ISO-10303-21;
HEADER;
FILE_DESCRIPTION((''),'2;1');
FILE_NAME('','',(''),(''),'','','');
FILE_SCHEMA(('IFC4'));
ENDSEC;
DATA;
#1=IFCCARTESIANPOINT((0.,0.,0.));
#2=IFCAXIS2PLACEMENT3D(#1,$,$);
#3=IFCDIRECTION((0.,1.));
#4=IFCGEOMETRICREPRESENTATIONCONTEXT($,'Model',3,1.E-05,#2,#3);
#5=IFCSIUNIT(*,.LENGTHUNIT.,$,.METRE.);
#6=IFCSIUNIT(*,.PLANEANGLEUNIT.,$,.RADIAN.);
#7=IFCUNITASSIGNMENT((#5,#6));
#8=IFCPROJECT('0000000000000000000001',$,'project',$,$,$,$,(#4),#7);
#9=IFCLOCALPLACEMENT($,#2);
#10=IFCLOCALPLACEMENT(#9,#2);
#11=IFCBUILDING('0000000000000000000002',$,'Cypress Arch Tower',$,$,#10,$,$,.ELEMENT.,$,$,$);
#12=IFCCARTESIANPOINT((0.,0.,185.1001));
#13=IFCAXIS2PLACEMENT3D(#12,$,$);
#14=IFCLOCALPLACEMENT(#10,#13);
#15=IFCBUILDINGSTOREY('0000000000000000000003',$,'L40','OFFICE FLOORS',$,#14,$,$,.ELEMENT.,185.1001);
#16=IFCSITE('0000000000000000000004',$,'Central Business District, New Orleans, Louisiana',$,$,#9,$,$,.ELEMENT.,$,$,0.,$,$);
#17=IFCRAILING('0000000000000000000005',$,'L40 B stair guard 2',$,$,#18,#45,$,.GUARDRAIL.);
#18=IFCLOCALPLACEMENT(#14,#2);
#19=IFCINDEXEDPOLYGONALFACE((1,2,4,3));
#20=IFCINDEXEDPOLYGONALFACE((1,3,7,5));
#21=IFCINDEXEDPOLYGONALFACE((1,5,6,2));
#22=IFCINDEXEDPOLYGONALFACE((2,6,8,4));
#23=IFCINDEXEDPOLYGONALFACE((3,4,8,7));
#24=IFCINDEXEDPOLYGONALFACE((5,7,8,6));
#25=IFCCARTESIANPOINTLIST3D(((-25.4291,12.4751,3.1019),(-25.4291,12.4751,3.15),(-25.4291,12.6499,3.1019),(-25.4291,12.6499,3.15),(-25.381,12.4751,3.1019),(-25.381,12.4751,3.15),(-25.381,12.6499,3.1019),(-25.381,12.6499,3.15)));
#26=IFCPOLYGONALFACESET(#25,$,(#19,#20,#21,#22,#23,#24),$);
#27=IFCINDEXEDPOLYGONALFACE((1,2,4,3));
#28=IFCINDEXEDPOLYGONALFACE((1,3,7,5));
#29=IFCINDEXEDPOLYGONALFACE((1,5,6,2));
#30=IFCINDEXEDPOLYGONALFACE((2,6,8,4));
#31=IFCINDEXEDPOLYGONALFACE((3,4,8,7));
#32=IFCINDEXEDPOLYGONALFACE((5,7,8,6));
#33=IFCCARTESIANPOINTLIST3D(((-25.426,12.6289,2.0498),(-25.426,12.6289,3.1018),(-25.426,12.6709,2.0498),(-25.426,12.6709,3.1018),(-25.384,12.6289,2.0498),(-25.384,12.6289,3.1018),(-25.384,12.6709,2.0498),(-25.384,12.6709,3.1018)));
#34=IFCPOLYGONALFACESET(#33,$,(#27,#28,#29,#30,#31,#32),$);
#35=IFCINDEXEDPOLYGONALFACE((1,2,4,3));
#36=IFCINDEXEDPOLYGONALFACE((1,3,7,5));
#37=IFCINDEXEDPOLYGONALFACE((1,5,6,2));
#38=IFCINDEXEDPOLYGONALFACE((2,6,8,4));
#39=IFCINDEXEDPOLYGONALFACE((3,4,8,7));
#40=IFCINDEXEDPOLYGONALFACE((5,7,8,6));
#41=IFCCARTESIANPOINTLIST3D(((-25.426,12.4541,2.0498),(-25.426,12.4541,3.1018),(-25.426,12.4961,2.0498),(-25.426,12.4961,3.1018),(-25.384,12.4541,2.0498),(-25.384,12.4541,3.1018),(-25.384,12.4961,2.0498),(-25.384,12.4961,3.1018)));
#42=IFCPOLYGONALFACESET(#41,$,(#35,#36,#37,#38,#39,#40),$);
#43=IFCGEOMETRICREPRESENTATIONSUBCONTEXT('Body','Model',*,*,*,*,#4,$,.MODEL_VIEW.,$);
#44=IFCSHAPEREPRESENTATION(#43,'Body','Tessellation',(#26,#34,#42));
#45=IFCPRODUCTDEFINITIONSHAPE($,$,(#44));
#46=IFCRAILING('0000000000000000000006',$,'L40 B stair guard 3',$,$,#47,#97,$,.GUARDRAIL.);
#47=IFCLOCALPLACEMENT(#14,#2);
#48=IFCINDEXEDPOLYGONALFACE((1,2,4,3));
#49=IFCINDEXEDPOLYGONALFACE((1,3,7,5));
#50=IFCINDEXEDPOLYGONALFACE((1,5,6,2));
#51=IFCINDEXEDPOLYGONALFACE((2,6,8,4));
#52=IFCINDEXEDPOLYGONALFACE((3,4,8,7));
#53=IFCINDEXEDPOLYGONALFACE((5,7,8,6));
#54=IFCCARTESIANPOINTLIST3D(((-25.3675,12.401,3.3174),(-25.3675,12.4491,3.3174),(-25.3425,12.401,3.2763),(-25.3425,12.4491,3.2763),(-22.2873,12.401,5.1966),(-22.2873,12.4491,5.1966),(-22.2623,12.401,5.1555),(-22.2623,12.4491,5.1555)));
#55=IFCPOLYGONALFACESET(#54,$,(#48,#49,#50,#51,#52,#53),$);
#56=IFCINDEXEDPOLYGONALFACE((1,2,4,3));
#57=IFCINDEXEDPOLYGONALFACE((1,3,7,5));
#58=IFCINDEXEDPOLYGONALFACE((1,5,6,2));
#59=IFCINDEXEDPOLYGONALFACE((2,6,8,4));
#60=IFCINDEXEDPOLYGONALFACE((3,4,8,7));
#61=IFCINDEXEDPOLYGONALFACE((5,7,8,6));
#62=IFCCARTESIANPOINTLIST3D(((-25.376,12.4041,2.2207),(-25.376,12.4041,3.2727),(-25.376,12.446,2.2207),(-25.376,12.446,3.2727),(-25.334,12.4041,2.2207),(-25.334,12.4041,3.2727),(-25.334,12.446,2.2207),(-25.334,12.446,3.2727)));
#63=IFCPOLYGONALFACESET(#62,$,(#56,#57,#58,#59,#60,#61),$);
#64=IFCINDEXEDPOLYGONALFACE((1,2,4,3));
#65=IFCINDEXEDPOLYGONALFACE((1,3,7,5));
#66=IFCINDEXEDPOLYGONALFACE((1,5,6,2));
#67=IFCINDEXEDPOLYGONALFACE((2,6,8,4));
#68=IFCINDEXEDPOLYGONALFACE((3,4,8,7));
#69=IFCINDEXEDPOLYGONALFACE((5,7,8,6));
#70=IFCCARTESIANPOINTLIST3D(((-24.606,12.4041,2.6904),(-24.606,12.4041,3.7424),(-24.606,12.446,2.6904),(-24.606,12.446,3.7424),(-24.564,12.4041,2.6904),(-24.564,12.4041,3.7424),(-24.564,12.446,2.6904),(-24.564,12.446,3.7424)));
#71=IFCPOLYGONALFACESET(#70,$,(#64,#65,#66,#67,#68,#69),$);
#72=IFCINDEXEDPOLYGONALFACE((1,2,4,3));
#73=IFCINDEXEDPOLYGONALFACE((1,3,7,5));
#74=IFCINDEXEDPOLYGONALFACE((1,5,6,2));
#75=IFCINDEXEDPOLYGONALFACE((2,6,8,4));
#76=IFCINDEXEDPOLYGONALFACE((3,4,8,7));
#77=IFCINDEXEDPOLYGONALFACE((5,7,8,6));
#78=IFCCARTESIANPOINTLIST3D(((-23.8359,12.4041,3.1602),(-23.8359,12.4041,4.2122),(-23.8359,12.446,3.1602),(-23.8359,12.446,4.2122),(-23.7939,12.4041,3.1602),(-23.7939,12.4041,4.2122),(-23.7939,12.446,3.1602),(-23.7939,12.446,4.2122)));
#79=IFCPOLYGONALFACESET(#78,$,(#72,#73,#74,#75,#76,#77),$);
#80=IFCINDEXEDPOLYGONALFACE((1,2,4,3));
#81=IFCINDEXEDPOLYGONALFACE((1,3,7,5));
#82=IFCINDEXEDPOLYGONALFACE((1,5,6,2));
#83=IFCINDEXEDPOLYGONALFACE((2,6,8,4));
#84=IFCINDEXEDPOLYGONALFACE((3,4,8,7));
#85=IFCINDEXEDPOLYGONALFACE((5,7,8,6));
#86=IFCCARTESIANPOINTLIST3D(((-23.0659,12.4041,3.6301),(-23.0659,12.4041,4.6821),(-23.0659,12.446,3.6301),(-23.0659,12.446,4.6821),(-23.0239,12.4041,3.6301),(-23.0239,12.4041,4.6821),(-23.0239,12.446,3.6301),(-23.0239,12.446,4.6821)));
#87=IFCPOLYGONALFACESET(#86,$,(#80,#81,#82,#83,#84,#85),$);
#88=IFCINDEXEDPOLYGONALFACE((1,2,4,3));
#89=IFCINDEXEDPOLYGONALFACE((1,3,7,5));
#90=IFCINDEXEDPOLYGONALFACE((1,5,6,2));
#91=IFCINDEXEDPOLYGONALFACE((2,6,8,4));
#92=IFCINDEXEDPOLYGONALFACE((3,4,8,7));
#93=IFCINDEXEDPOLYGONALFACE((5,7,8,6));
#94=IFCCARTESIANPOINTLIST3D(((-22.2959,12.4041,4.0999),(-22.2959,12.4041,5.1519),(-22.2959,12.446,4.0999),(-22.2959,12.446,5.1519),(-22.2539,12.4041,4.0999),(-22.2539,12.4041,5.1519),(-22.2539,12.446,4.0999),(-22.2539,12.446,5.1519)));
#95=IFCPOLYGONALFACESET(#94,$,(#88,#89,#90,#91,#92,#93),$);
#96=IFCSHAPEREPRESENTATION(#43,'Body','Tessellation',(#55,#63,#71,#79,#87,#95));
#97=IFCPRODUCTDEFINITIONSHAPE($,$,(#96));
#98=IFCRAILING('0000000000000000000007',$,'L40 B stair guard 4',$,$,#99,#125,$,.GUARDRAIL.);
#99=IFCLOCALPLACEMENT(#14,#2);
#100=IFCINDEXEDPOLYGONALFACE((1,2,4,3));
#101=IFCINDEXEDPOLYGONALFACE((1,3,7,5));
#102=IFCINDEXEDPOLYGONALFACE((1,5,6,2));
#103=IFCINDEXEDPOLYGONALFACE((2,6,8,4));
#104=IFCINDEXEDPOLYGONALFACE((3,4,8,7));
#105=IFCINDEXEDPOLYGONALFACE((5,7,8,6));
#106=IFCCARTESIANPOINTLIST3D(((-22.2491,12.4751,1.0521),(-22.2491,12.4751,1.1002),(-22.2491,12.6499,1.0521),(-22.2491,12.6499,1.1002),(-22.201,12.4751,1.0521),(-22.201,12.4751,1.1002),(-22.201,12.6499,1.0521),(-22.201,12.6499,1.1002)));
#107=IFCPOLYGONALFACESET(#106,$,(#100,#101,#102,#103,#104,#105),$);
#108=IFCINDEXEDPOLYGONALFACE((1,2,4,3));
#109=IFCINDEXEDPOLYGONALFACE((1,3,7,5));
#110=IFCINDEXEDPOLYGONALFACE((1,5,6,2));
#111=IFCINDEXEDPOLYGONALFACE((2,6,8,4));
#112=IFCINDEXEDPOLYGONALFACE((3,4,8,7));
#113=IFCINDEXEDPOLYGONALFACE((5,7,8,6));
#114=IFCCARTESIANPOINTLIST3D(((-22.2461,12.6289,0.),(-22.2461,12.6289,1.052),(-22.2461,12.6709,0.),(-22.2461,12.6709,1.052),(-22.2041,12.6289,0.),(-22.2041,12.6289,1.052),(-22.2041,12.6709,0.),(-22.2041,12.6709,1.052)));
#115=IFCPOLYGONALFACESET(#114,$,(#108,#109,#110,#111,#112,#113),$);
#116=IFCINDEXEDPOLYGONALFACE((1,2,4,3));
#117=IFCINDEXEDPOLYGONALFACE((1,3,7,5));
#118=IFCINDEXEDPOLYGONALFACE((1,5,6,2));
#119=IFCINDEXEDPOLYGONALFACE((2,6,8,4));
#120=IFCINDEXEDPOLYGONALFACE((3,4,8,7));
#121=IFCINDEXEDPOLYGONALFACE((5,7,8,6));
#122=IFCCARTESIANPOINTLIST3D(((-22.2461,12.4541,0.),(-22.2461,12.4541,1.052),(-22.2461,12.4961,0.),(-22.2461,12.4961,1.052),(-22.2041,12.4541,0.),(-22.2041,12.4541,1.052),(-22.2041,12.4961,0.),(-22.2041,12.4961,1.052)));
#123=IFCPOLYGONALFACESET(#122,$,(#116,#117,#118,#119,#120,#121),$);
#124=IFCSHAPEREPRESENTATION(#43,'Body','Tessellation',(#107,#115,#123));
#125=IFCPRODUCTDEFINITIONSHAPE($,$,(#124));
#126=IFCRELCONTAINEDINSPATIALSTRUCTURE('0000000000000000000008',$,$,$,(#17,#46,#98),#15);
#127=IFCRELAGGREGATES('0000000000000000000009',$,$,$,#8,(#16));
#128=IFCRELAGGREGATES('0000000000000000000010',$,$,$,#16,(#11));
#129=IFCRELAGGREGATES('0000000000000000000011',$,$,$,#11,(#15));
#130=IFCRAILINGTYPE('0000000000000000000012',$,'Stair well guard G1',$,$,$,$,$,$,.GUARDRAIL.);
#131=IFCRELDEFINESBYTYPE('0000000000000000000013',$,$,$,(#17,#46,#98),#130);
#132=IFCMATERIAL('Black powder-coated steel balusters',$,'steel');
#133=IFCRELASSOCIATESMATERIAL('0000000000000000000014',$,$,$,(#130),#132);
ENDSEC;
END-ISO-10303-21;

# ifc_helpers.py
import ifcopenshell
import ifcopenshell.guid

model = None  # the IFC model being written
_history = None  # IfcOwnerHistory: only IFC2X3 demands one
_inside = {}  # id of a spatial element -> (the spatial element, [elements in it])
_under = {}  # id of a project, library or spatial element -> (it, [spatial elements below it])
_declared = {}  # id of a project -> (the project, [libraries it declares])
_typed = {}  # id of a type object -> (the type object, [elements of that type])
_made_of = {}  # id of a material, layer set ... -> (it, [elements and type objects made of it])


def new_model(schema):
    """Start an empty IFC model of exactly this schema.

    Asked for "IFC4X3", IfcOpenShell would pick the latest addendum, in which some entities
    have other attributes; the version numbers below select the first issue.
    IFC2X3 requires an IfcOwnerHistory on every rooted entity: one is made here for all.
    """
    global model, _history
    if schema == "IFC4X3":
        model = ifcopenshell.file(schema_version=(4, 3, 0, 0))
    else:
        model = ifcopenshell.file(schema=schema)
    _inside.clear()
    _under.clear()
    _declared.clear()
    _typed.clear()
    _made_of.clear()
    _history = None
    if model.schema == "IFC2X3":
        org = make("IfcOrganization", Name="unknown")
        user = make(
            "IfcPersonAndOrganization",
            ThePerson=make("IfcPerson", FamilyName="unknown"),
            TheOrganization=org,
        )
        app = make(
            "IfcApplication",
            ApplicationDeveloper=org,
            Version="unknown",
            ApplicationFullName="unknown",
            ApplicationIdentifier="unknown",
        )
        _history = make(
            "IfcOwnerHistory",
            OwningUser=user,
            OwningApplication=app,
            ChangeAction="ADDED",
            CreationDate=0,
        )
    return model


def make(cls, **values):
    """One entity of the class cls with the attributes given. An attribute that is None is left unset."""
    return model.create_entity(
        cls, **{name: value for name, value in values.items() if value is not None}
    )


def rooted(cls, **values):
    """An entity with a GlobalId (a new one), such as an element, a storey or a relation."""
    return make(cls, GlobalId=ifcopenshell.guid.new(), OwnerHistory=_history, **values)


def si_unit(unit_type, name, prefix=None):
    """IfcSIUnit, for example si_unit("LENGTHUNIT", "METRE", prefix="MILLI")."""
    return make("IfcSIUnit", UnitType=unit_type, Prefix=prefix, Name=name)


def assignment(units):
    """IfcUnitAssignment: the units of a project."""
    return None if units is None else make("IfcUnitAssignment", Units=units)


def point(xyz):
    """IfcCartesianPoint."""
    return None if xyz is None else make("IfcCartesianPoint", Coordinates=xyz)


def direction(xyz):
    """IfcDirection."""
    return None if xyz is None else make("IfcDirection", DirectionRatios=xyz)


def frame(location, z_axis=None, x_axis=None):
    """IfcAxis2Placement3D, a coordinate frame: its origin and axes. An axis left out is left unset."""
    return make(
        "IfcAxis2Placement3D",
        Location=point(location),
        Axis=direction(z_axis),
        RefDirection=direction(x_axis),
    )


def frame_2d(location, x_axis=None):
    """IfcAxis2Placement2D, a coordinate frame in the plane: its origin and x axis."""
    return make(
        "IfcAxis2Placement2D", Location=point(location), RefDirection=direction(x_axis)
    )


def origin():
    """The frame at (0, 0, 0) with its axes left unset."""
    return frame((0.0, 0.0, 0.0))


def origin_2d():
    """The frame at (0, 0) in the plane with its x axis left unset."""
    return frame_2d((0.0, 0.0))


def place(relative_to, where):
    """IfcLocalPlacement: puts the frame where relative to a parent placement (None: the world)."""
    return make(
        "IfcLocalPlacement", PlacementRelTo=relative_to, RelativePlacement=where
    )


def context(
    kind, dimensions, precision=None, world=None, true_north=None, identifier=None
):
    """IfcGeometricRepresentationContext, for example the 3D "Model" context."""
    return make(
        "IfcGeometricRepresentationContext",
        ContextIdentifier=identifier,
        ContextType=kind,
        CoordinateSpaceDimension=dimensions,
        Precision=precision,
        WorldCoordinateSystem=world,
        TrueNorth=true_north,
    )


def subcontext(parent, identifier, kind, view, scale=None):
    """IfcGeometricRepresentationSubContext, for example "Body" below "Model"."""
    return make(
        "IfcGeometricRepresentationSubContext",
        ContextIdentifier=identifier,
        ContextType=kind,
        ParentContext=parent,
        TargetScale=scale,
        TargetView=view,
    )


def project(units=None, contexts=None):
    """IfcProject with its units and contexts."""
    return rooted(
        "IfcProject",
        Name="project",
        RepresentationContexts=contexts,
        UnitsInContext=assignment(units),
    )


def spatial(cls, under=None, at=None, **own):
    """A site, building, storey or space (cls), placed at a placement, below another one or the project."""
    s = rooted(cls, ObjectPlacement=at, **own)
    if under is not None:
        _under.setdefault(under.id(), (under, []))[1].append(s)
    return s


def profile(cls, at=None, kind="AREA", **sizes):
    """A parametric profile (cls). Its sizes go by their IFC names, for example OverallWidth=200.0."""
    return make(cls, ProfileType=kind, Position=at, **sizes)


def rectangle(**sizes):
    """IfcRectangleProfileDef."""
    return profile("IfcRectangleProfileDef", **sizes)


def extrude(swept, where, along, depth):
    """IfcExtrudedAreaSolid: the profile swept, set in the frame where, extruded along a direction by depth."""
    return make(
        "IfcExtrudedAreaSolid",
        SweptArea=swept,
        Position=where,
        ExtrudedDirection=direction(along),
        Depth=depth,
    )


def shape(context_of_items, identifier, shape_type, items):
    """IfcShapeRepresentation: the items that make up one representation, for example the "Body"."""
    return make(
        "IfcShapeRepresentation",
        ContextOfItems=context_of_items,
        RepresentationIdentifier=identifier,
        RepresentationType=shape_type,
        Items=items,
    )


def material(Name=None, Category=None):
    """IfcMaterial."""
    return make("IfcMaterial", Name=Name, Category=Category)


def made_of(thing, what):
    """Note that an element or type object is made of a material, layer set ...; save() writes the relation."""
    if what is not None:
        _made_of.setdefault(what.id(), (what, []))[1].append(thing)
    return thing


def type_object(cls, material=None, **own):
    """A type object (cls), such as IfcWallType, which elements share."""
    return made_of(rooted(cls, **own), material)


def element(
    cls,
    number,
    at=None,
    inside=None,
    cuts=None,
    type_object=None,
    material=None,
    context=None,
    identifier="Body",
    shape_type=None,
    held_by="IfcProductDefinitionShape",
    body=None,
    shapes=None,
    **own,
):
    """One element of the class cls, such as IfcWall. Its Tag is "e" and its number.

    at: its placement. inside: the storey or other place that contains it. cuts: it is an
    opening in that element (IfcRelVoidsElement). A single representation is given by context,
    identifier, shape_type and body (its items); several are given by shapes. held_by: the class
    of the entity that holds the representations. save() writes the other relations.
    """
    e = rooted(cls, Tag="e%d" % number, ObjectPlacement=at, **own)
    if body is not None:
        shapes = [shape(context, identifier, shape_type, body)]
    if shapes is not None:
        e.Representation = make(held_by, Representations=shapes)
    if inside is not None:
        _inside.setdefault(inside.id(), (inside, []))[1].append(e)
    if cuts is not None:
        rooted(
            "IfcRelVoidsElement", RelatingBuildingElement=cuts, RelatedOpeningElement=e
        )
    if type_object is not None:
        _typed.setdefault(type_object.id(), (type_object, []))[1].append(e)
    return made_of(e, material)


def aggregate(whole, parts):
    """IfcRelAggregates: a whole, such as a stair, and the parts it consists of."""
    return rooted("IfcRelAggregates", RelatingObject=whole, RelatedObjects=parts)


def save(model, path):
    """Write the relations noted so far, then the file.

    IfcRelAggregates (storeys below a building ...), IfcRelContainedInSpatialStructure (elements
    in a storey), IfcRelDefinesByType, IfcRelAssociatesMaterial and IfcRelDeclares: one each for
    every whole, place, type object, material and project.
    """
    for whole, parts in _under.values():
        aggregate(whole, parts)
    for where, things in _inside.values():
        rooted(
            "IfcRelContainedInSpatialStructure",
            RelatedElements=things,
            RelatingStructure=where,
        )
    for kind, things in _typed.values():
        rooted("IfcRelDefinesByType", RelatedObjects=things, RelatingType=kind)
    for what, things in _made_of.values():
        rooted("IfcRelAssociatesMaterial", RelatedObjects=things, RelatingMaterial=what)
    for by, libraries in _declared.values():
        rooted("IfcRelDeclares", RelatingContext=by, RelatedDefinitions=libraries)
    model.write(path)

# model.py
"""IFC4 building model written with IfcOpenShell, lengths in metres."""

from ifc_helpers import new_model, si_unit, direction, frame, origin, origin_2d, place, context, subcontext, project, spatial, rectangle, extrude, material, type_object, element, save


model = new_model("IFC4")

# Units and contexts
model_context = context("Model", 3, precision=1e-05, world=origin(), true_north=direction((0.0, 1.0)))
body_context = subcontext(model_context, "Body", "Model", "MODEL_VIEW")
ifc_project = project(units=[si_unit("LENGTHUNIT", "METRE"), si_unit("PLANEANGLEUNIT", "RADIAN")], contexts=[model_context])

# Site, building, storey
site_placement = place(None, origin())
site = spatial("IfcSite", under=ifc_project, at=site_placement, Name="Central Business District, New Orleans, Louisiana", CompositionType="ELEMENT", RefElevation=0.0)
building_placement = place(site_placement, origin())
building = spatial("IfcBuilding", under=site, at=building_placement, Name="Cypress Arch Tower", CompositionType="ELEMENT")
storey_placement = place(building_placement, frame((0.0, 0.0, 185.1001)))
storey = spatial("IfcBuildingStorey", under=building, at=storey_placement, Name="L40", Description="OFFICE FLOORS", CompositionType="ELEMENT", Elevation=185.1001)

# Railings
ifc_material_1 = material(Name="Black powder-coated steel balusters", Category="steel")
railing_type_1 = type_object("IfcRailingType", Name="Stair well guard G1", PredefinedType="GUARDRAIL", material=ifc_material_1)
railing_1_placement = place(storey_placement, frame((-25.405, 12.6499, 2.0498)))
element("IfcRailing", 1, at=railing_1_placement, inside=storey, type_object=railing_type_1, Name="L40 B stair guard 2", PredefinedType="GUARDRAIL", context=body_context, shape_type="SweptSolid", body=[
    extrude(rectangle(XDim=0.0481, YDim=0.0481, at=origin_2d()), frame((0.0, 0.0, 1.0762), z_axis=(0.0, -1.0, 0.0), x_axis=(1.0, 0.0, 0.0)), (0.0, 0.0, 1.0), 0.1748),
    extrude(rectangle(XDim=0.042, YDim=0.042, at=origin_2d()), origin(), (0.0, 0.0, 1.0), 1.052),
    extrude(rectangle(XDim=0.042, YDim=0.042, at=origin_2d()), frame((0.0, -0.1748, 0.0)), (0.0, 0.0, 1.0), 1.052),
])
railing_2_placement = place(storey_placement, frame((-25.355, 12.425, 2.2207)))
element("IfcRailing", 2, at=railing_2_placement, inside=storey, type_object=railing_type_1, Name="L40 B stair guard 3", PredefinedType="GUARDRAIL", context=body_context, shape_type="SweptSolid", body=[
    extrude(rectangle(XDim=0.0481, YDim=0.0481, at=origin_2d()), frame((0.0, 0.0, 1.0762), z_axis=(0.853666, 0.0, 0.52082), x_axis=(0.0, 1.0, 0.0)), (0.0, 0.0, 1.0), 3.6082),
    extrude(rectangle(XDim=0.042, YDim=0.042, at=origin_2d()), origin(), (0.0, 0.0, 1.0), 1.052),
    extrude(rectangle(XDim=0.042, YDim=0.042, at=origin_2d()), frame((0.77, 0.0, 0.4697)), (0.0, 0.0, 1.0), 1.052),
    extrude(rectangle(XDim=0.042, YDim=0.042, at=origin_2d()), frame((1.54, 0.0, 0.9395)), (0.0, 0.0, 1.0), 1.052),
    extrude(rectangle(XDim=0.042, YDim=0.042, at=origin_2d()), frame((2.3101, 0.0, 1.4094)), (0.0, 0.0, 1.0), 1.052),
    extrude(rectangle(XDim=0.042, YDim=0.042, at=origin_2d()), frame((3.0801, 0.0, 1.8792)), (0.0, 0.0, 1.0), 1.052),
])
railing_3_placement = place(storey_placement, frame((-22.2251, 12.6499, 0.0)))
element("IfcRailing", 3, at=railing_3_placement, inside=storey, type_object=railing_type_1, Name="L40 B stair guard 4", PredefinedType="GUARDRAIL", context=body_context, shape_type="SweptSolid", body=[
    extrude(rectangle(XDim=0.0481, YDim=0.0481, at=origin_2d()), frame((0.0, 0.0, 1.0762), z_axis=(0.0, -1.0, 0.0), x_axis=(1.0, 0.0, 0.0)), (0.0, 0.0, 1.0), 0.1748),
    extrude(rectangle(XDim=0.042, YDim=0.042, at=origin_2d()), origin(), (0.0, 0.0, 1.0), 1.052),
    extrude(rectangle(XDim=0.042, YDim=0.042, at=origin_2d()), frame((0.0, -0.1748, 0.0)), (0.0, 0.0, 1.0), 1.052),
])

save(model, "model.ifc")
